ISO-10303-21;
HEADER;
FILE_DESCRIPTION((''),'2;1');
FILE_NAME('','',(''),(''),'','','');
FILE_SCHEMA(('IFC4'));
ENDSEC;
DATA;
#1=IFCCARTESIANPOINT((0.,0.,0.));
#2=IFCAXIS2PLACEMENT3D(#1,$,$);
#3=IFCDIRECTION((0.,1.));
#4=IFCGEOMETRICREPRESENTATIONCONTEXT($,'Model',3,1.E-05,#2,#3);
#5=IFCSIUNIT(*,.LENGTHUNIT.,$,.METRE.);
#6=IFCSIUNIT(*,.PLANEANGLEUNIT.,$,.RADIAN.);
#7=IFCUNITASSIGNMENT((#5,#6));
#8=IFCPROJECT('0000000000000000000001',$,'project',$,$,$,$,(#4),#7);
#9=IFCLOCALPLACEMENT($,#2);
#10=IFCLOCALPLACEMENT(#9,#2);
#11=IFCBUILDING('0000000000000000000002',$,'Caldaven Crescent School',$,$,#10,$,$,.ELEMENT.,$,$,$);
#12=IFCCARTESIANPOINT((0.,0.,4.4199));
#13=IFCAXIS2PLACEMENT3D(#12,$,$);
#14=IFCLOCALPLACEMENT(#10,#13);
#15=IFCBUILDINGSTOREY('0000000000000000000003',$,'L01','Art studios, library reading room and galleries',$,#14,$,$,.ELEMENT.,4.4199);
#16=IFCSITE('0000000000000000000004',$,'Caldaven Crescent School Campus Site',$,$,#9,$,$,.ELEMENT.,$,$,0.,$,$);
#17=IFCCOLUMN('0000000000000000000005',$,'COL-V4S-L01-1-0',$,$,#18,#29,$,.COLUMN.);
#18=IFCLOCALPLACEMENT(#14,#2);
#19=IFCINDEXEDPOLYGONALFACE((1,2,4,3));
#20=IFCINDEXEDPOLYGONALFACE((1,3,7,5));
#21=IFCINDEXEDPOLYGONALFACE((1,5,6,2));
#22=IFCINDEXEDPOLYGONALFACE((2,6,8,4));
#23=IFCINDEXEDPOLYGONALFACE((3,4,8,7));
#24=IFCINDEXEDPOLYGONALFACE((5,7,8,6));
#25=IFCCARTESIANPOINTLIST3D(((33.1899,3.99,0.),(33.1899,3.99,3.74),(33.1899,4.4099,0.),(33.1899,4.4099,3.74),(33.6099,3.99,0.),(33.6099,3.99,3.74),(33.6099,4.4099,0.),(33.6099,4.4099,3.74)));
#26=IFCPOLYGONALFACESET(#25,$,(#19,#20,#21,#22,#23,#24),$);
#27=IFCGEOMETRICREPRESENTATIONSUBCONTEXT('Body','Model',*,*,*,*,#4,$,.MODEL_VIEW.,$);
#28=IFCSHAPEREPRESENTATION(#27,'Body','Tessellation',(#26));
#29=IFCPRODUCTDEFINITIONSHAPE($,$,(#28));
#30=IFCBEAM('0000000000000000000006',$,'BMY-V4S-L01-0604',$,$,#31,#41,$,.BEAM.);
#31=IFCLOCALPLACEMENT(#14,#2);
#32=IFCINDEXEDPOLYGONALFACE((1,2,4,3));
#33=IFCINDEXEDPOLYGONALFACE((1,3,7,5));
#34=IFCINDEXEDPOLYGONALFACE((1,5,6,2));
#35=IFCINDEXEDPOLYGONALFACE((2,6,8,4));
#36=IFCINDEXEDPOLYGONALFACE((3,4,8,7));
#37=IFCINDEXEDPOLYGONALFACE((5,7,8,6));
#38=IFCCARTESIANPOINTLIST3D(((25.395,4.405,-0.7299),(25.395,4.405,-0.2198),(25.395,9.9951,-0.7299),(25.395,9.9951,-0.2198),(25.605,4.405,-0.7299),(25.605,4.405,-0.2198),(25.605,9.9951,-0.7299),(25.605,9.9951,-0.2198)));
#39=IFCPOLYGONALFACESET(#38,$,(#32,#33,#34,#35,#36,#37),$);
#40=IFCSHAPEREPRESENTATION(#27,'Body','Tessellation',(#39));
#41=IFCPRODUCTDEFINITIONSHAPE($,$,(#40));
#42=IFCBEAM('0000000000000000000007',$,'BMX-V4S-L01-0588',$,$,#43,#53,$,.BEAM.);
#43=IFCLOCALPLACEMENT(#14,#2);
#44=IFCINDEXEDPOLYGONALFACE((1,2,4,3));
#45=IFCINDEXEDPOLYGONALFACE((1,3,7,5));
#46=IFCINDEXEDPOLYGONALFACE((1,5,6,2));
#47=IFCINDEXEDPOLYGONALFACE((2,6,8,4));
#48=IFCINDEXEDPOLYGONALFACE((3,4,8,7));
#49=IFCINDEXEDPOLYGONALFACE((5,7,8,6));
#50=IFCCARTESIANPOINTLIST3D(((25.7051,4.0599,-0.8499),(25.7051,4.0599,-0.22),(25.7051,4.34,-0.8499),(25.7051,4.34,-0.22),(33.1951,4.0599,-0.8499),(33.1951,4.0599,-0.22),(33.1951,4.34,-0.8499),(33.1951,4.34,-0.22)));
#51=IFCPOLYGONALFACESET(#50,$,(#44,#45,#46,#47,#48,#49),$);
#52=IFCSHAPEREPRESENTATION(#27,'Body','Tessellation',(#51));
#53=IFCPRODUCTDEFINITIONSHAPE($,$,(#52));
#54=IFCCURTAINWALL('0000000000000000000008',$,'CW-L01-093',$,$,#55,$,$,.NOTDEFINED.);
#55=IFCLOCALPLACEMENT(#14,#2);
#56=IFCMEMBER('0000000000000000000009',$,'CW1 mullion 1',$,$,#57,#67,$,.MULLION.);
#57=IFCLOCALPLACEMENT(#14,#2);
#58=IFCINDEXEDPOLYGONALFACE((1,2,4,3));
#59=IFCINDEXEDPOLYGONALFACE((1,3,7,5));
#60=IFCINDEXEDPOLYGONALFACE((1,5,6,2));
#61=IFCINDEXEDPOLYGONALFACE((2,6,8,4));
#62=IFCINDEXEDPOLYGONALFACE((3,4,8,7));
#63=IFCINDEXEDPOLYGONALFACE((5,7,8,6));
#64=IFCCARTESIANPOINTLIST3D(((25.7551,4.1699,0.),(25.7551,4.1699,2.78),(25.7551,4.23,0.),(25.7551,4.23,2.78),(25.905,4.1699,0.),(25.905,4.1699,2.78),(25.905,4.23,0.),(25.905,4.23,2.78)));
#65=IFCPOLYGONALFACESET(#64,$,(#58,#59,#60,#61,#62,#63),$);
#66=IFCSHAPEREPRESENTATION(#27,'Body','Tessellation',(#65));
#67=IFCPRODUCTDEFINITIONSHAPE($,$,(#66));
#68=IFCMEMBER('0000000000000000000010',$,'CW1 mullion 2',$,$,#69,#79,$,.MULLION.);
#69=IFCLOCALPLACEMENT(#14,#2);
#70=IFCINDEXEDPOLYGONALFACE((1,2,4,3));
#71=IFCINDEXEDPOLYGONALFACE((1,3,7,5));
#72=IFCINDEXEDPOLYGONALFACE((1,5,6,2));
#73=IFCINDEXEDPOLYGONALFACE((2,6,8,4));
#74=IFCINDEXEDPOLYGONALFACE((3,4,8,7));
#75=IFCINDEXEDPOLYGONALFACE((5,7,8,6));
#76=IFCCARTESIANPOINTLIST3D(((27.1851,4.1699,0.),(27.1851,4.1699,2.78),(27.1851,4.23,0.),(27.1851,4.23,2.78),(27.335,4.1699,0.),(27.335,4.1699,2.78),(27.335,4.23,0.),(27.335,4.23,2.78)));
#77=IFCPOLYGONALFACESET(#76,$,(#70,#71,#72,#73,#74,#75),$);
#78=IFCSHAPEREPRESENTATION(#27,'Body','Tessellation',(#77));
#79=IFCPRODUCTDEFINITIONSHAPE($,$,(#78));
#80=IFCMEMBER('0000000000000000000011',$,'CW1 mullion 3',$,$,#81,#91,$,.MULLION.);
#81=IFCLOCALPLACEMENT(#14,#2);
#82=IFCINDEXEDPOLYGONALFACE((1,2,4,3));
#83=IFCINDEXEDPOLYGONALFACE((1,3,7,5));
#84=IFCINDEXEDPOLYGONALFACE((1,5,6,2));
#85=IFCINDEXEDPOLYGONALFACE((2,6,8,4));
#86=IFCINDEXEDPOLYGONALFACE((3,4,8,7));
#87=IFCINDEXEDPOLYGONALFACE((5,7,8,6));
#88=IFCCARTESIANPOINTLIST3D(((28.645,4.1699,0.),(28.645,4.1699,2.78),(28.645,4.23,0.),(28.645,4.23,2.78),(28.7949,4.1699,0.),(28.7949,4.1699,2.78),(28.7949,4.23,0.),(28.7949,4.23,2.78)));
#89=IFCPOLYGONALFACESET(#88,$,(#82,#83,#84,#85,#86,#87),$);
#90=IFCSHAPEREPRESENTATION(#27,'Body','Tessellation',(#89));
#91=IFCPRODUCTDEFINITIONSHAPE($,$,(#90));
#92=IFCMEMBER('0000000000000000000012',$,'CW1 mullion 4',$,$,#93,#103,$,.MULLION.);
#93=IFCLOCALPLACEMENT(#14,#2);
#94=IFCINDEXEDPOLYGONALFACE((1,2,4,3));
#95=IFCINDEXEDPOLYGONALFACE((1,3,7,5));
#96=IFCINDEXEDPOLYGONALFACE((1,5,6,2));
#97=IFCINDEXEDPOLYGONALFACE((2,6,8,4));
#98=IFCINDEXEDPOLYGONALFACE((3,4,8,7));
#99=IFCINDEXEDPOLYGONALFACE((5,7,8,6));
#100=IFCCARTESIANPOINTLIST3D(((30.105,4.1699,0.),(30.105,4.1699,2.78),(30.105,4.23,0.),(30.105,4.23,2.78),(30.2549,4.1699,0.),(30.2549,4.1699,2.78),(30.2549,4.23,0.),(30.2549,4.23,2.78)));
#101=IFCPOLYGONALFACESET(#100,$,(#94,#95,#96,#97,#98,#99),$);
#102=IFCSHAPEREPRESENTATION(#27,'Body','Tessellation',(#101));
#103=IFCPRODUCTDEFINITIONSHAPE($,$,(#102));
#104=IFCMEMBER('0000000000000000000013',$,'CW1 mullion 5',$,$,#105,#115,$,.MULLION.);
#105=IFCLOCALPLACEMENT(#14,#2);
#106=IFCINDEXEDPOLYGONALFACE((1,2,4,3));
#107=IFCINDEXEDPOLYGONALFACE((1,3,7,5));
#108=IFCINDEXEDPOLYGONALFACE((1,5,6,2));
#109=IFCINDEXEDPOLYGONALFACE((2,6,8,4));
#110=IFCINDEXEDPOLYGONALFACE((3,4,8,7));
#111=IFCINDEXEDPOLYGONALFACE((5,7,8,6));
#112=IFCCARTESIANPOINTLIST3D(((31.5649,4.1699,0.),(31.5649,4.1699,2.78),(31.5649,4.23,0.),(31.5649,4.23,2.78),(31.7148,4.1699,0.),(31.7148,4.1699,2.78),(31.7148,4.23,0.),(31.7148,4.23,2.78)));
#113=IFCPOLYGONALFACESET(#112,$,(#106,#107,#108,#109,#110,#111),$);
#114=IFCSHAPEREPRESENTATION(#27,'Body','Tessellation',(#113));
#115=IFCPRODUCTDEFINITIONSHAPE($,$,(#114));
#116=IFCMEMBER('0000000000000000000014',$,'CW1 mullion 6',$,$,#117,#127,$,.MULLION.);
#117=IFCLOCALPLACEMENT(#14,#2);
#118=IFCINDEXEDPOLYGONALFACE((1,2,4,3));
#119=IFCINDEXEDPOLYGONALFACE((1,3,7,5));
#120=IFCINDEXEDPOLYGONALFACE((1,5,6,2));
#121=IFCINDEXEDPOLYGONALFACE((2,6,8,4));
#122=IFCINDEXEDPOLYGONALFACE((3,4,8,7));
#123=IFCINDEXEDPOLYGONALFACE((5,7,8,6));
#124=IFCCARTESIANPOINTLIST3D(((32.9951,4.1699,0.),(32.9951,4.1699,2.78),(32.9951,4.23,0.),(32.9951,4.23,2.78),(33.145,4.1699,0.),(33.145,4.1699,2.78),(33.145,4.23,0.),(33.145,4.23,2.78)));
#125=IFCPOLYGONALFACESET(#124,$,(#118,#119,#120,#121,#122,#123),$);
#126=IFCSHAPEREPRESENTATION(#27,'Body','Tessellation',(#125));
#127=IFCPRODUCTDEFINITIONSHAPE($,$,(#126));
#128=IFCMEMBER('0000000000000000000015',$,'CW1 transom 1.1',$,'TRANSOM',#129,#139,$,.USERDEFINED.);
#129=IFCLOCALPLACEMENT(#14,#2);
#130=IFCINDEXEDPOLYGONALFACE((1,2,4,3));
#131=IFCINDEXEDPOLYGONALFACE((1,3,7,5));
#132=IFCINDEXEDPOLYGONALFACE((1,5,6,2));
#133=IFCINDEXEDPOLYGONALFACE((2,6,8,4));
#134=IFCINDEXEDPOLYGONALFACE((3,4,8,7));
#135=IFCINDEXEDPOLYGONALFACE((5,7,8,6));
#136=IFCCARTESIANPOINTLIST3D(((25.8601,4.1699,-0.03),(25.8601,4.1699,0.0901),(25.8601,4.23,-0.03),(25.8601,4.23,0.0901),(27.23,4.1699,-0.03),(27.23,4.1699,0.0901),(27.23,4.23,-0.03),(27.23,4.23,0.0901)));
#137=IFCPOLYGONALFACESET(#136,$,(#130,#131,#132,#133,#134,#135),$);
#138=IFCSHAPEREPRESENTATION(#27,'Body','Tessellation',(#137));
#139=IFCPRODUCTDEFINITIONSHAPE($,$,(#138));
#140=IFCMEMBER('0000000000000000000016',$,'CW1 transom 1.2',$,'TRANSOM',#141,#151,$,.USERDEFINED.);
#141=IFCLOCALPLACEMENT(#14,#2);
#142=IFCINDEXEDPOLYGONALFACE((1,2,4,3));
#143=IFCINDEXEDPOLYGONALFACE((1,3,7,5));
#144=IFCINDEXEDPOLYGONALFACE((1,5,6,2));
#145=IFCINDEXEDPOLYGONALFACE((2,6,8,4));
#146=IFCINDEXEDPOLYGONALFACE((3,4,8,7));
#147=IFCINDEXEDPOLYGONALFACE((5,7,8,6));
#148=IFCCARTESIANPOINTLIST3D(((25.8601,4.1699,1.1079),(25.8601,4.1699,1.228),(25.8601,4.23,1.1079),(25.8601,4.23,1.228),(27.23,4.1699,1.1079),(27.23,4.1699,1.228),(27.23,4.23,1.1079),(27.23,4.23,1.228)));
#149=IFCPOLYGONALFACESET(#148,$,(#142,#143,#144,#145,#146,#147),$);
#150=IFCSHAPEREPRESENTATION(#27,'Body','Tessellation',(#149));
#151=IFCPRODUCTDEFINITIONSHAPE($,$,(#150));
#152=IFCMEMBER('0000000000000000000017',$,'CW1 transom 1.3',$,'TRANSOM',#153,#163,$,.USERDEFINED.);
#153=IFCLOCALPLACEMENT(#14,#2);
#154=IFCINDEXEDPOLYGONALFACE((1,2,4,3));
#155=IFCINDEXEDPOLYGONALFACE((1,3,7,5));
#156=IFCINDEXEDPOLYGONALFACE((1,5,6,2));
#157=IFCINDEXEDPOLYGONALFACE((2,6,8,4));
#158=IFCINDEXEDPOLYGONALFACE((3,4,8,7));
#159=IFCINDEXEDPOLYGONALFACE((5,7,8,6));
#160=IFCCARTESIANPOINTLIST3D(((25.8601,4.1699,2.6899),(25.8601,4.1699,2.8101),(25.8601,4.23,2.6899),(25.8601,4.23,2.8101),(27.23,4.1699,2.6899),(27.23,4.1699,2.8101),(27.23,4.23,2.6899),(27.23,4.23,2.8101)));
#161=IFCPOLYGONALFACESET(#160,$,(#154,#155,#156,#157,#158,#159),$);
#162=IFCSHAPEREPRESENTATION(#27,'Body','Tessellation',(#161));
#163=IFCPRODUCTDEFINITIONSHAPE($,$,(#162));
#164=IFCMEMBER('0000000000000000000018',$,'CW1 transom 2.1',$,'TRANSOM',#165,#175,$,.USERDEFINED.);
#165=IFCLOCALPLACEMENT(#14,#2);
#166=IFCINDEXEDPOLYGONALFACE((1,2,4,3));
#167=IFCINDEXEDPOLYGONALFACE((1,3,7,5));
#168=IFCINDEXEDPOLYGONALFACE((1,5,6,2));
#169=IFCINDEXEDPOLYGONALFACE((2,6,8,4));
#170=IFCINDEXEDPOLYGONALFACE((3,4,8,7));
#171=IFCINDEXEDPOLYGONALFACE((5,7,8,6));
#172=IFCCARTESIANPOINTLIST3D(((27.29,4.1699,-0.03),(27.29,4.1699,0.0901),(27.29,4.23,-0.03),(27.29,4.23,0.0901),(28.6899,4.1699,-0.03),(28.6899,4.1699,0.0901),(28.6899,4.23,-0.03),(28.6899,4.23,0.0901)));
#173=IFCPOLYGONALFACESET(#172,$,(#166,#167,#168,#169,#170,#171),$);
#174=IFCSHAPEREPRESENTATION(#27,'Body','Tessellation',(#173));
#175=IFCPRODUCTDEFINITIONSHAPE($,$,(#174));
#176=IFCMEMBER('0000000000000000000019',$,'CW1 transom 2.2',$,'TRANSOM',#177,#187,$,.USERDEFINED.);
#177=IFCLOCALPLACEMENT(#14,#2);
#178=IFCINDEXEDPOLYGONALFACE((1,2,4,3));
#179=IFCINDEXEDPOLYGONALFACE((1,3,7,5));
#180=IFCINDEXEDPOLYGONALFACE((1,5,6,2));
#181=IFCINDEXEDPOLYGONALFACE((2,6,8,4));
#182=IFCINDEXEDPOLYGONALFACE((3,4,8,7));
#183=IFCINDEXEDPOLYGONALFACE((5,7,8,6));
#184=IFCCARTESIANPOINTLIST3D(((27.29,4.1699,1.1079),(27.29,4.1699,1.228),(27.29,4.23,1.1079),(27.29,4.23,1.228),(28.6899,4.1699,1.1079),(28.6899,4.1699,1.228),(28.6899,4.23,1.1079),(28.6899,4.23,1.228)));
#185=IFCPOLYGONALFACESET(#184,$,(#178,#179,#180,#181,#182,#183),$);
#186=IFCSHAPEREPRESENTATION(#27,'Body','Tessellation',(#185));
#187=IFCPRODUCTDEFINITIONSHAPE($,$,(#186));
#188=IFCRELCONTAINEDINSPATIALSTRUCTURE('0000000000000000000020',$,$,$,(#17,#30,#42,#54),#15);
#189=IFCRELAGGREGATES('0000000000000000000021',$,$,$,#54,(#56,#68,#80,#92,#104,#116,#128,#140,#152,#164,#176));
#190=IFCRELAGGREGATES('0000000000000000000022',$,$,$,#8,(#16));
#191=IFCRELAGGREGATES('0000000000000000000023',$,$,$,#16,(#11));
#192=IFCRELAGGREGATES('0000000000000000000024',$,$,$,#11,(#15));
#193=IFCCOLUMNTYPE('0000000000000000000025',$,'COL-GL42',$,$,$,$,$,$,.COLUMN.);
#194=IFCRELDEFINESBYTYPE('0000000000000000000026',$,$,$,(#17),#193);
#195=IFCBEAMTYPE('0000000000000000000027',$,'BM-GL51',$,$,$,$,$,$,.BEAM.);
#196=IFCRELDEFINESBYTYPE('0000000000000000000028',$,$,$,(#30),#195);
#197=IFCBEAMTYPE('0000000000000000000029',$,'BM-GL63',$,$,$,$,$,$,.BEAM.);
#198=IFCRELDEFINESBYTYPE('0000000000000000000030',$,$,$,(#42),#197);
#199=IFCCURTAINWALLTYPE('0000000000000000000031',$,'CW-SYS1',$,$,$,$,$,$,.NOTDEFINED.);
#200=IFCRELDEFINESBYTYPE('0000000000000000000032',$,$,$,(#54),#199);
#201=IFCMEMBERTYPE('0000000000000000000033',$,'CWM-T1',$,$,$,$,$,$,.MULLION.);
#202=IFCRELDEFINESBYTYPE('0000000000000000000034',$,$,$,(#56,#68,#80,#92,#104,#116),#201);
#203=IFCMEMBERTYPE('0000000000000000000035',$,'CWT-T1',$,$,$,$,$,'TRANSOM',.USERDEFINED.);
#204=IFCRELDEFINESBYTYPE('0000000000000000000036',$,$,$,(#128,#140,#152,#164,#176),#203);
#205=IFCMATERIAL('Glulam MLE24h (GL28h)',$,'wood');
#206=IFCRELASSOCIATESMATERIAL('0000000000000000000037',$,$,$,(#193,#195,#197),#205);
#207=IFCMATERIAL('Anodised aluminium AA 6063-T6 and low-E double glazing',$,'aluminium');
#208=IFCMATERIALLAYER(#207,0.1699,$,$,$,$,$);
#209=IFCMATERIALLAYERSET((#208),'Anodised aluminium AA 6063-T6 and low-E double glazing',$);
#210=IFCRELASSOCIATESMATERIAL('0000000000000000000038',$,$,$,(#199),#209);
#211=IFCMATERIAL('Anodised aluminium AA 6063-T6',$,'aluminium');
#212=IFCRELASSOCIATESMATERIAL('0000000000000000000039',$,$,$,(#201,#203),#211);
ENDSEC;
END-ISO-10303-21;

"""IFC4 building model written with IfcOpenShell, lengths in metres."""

from ifc_helpers import new_model, si_unit, direction, frame, origin, origin_2d, place, context, subcontext, project, spatial, rectangle, extrude, material, layer, layer_set, material_profile, profile_set, type_object, element, aggregate, save


model = new_model("IFC4")

# Units and contexts
model_context = context("Model", 3, precision=1e-05, world=origin(), true_north=direction((0.0, 1.0)))
body_context = subcontext(model_context, "Body", "Model", "MODEL_VIEW")
ifc_project = project(units=[si_unit("LENGTHUNIT", "METRE"), si_unit("PLANEANGLEUNIT", "RADIAN")], contexts=[model_context])

# Site, building, storey
site_placement = place(None, origin())
site = spatial("IfcSite", under=ifc_project, at=site_placement, Name="Caldaven Crescent School Campus Site", CompositionType="ELEMENT", RefElevation=0.0)
building_placement = place(site_placement, origin())
building = spatial("IfcBuilding", under=site, at=building_placement, Name="Caldaven Crescent School", CompositionType="ELEMENT")
storey_placement = place(building_placement, frame((0.0, 0.0, 4.4199)))
storey = spatial("IfcBuildingStorey", under=building, at=storey_placement, Name="L01", Description="Art studios, library reading room and galleries", CompositionType="ELEMENT", Elevation=4.4199)

# Column
ifc_material_1 = material(Name="Glulam MLE24h (GL28h)", Category="wood")
ifc_material_profile_1 = material_profile(ifc_material_1, rectangle(XDim=0.4199, YDim=0.4199, at=origin_2d()), Name="MLE 420x420")
ifc_profile_set_1 = profile_set([ifc_material_profile_1], Name="Glulam MLE24h (GL28h)")
column_type = type_object("IfcColumnType", Name="COL-GL42", PredefinedType="COLUMN", material=ifc_profile_set_1)
column_placement = place(storey_placement, frame((33.3999, 4.2, 0.0), z_axis=(0.0, 0.0, 1.0), x_axis=(1.0, 0.0, 0.0)))
element("IfcColumn", 1, at=column_placement, inside=storey, type_object=column_type, Name="COL-V4S-L01-1-0", PredefinedType="COLUMN", context=body_context, shape_type="SweptSolid", body=[
    extrude(rectangle(XDim=0.4199, YDim=0.4199, at=origin_2d()), origin(), (0.0, 0.0, 1.0), 3.74),
])

# Beams
ifc_material_profile_2 = material_profile(ifc_material_1, rectangle(XDim=0.21, YDim=0.51, at=origin_2d()), Name="MLE 210x510")
ifc_profile_set_2 = profile_set([ifc_material_profile_2], Name="Glulam MLE24h (GL28h)")
beam_type_1 = type_object("IfcBeamType", Name="BM-GL51", PredefinedType="BEAM", material=ifc_profile_set_2)
beam_1_placement = place(storey_placement, frame((25.5, 4.405, -0.4749), z_axis=(0.0, 1.0, 0.0), x_axis=(-1.0, 0.0, 0.0)))
element("IfcBeam", 2, at=beam_1_placement, inside=storey, type_object=beam_type_1, Name="BMY-V4S-L01-0604", PredefinedType="BEAM", context=body_context, shape_type="SweptSolid", body=[
    extrude(rectangle(XDim=0.21, YDim=0.51, at=origin_2d()), origin(), (0.0, 0.0, 1.0), 5.5901),
])
ifc_material_profile_3 = material_profile(ifc_material_1, rectangle(XDim=0.28, YDim=0.6299, at=origin_2d()), Name="MLE 280x630")
ifc_profile_set_3 = profile_set([ifc_material_profile_3], Name="Glulam MLE24h (GL28h)")
beam_type_2 = type_object("IfcBeamType", Name="BM-GL63", PredefinedType="BEAM", material=ifc_profile_set_3)
beam_2_placement = place(storey_placement, frame((25.7051, 4.2, -0.5349), z_axis=(1.0, 0.0, 0.0), x_axis=(0.0, 1.0, 0.0)))
element("IfcBeam", 3, at=beam_2_placement, inside=storey, type_object=beam_type_2, Name="BMX-V4S-L01-0588", PredefinedType="BEAM", context=body_context, shape_type="SweptSolid", body=[
    extrude(rectangle(XDim=0.28, YDim=0.6299, at=origin_2d()), origin(), (0.0, 0.0, 1.0), 7.49),
])

# Curtain wall, members
ifc_material_2 = material(Name="Anodised aluminium AA 6063-T6 and low-E double glazing", Category="aluminium")
ifc_layer_1 = layer(ifc_material_2, 0.1699)
ifc_layer_set_1 = layer_set([ifc_layer_1], Name="Anodised aluminium AA 6063-T6 and low-E double glazing")
curtain_wall_type = type_object("IfcCurtainWallType", Name="CW-SYS1", PredefinedType="NOTDEFINED", material=ifc_layer_set_1)
curtain_wall_placement = place(storey_placement, origin())
curtain_wall = element("IfcCurtainWall", 4, at=curtain_wall_placement, inside=storey, type_object=curtain_wall_type, Name="CW-L01-093", PredefinedType="NOTDEFINED")
ifc_material_3 = material(Name="Anodised aluminium AA 6063-T6", Category="aluminium")
ifc_material_profile_4 = material_profile(ifc_material_3, rectangle(XDim=0.0601, YDim=0.1499, at=origin_2d()), Name="CWM 60x150")
ifc_profile_set_4 = profile_set([ifc_material_profile_4], Name="Anodised aluminium AA 6063-T6")
member_type_1 = type_object("IfcMemberType", Name="CWM-T1", PredefinedType="MULLION", material=ifc_profile_set_4)
member_1_placement = place(storey_placement, frame((25.8301, 4.2, 0.0), z_axis=(0.0, 0.0, 1.0), x_axis=(0.0, 1.0, 0.0)))
member_1 = element("IfcMember", 5, at=member_1_placement, type_object=member_type_1, Name="CW1 mullion 1", PredefinedType="MULLION", context=body_context, shape_type="SweptSolid", body=[
    extrude(rectangle(XDim=0.0601, YDim=0.1499, at=origin_2d()), origin(), (0.0, 0.0, 1.0), 2.78),
])
member_2_placement = place(storey_placement, frame((27.26, 4.2, 0.0), z_axis=(0.0, 0.0, 1.0), x_axis=(0.0, 1.0, 0.0)))
member_2 = element("IfcMember", 6, at=member_2_placement, type_object=member_type_1, Name="CW1 mullion 2", PredefinedType="MULLION", context=body_context, shape_type="SweptSolid", body=[
    extrude(rectangle(XDim=0.0601, YDim=0.1499, at=origin_2d()), origin(), (0.0, 0.0, 1.0), 2.78),
])
member_3_placement = place(storey_placement, frame((28.72, 4.2, 0.0), z_axis=(0.0, 0.0, 1.0), x_axis=(0.0, 1.0, 0.0)))
member_3 = element("IfcMember", 7, at=member_3_placement, type_object=member_type_1, Name="CW1 mullion 3", PredefinedType="MULLION", context=body_context, shape_type="SweptSolid", body=[
    extrude(rectangle(XDim=0.0601, YDim=0.1499, at=origin_2d()), origin(), (0.0, 0.0, 1.0), 2.78),
])
member_4_placement = place(storey_placement, frame((30.1799, 4.2, 0.0), z_axis=(0.0, 0.0, 1.0), x_axis=(0.0, 1.0, 0.0)))
member_4 = element("IfcMember", 8, at=member_4_placement, type_object=member_type_1, Name="CW1 mullion 4", PredefinedType="MULLION", context=body_context, shape_type="SweptSolid", body=[
    extrude(rectangle(XDim=0.0601, YDim=0.1499, at=origin_2d()), origin(), (0.0, 0.0, 1.0), 2.78),
])
member_5_placement = place(storey_placement, frame((31.6399, 4.2, 0.0), z_axis=(0.0, 0.0, 1.0), x_axis=(0.0, 1.0, 0.0)))
member_5 = element("IfcMember", 9, at=member_5_placement, type_object=member_type_1, Name="CW1 mullion 5", PredefinedType="MULLION", context=body_context, shape_type="SweptSolid", body=[
    extrude(rectangle(XDim=0.0601, YDim=0.1499, at=origin_2d()), origin(), (0.0, 0.0, 1.0), 2.78),
])
member_6_placement = place(storey_placement, frame((33.0701, 4.2, 0.0), z_axis=(0.0, 0.0, 1.0), x_axis=(0.0, 1.0, 0.0)))
member_6 = element("IfcMember", 10, at=member_6_placement, type_object=member_type_1, Name="CW1 mullion 6", PredefinedType="MULLION", context=body_context, shape_type="SweptSolid", body=[
    extrude(rectangle(XDim=0.0601, YDim=0.1499, at=origin_2d()), origin(), (0.0, 0.0, 1.0), 2.78),
])
ifc_material_profile_5 = material_profile(ifc_material_3, rectangle(XDim=0.0601, YDim=0.1201, at=origin_2d()), Name="CWT 60x120")
ifc_profile_set_5 = profile_set([ifc_material_profile_5], Name="Anodised aluminium AA 6063-T6")
member_type_2 = type_object("IfcMemberType", Name="CWT-T1", ElementType="TRANSOM", PredefinedType="USERDEFINED", material=ifc_profile_set_5)
member_7_placement = place(storey_placement, frame((25.8601, 4.2, 0.03), z_axis=(1.0, 0.0, 0.0), x_axis=(0.0, 1.0, 0.0)))
member_7 = element("IfcMember", 11, at=member_7_placement, type_object=member_type_2, Name="CW1 transom 1.1", ObjectType="TRANSOM", PredefinedType="USERDEFINED", context=body_context, shape_type="SweptSolid", body=[
    extrude(rectangle(XDim=0.0601, YDim=0.1201, at=origin_2d()), origin(), (0.0, 0.0, 1.0), 1.3699),
])
member_8_placement = place(storey_placement, frame((25.8601, 4.2, 1.168), z_axis=(1.0, 0.0, 0.0), x_axis=(0.0, 1.0, 0.0)))
member_8 = element("IfcMember", 12, at=member_8_placement, type_object=member_type_2, Name="CW1 transom 1.2", ObjectType="TRANSOM", PredefinedType="USERDEFINED", context=body_context, shape_type="SweptSolid", body=[
    extrude(rectangle(XDim=0.0601, YDim=0.1201, at=origin_2d()), origin(), (0.0, 0.0, 1.0), 1.3699),
])
member_9_placement = place(storey_placement, frame((25.8601, 4.2, 2.75), z_axis=(1.0, 0.0, 0.0), x_axis=(0.0, 1.0, 0.0)))
member_9 = element("IfcMember", 13, at=member_9_placement, type_object=member_type_2, Name="CW1 transom 1.3", ObjectType="TRANSOM", PredefinedType="USERDEFINED", context=body_context, shape_type="SweptSolid", body=[
    extrude(rectangle(XDim=0.0601, YDim=0.1201, at=origin_2d()), origin(), (0.0, 0.0, 1.0), 1.3699),
])
member_10_placement = place(storey_placement, frame((27.29, 4.2, 0.03), z_axis=(1.0, 0.0, 0.0), x_axis=(0.0, 1.0, 0.0)))
member_10 = element("IfcMember", 14, at=member_10_placement, type_object=member_type_2, Name="CW1 transom 2.1", ObjectType="TRANSOM", PredefinedType="USERDEFINED", context=body_context, shape_type="SweptSolid", body=[
    extrude(rectangle(XDim=0.0601, YDim=0.1201, at=origin_2d()), origin(), (0.0, 0.0, 1.0), 1.3999),
])
member_11_placement = place(storey_placement, frame((27.29, 4.2, 1.168), z_axis=(1.0, 0.0, 0.0), x_axis=(0.0, 1.0, 0.0)))
member_11 = element("IfcMember", 15, at=member_11_placement, type_object=member_type_2, Name="CW1 transom 2.2", ObjectType="TRANSOM", PredefinedType="USERDEFINED", context=body_context, shape_type="SweptSolid", body=[
    extrude(rectangle(XDim=0.0601, YDim=0.1201, at=origin_2d()), origin(), (0.0, 0.0, 1.0), 1.3999),
])

aggregate(curtain_wall, [member_1, member_2, member_3, member_4, member_5, member_6, member_7, member_8, member_9, member_10, member_11])

save(model, "model.ifc")
